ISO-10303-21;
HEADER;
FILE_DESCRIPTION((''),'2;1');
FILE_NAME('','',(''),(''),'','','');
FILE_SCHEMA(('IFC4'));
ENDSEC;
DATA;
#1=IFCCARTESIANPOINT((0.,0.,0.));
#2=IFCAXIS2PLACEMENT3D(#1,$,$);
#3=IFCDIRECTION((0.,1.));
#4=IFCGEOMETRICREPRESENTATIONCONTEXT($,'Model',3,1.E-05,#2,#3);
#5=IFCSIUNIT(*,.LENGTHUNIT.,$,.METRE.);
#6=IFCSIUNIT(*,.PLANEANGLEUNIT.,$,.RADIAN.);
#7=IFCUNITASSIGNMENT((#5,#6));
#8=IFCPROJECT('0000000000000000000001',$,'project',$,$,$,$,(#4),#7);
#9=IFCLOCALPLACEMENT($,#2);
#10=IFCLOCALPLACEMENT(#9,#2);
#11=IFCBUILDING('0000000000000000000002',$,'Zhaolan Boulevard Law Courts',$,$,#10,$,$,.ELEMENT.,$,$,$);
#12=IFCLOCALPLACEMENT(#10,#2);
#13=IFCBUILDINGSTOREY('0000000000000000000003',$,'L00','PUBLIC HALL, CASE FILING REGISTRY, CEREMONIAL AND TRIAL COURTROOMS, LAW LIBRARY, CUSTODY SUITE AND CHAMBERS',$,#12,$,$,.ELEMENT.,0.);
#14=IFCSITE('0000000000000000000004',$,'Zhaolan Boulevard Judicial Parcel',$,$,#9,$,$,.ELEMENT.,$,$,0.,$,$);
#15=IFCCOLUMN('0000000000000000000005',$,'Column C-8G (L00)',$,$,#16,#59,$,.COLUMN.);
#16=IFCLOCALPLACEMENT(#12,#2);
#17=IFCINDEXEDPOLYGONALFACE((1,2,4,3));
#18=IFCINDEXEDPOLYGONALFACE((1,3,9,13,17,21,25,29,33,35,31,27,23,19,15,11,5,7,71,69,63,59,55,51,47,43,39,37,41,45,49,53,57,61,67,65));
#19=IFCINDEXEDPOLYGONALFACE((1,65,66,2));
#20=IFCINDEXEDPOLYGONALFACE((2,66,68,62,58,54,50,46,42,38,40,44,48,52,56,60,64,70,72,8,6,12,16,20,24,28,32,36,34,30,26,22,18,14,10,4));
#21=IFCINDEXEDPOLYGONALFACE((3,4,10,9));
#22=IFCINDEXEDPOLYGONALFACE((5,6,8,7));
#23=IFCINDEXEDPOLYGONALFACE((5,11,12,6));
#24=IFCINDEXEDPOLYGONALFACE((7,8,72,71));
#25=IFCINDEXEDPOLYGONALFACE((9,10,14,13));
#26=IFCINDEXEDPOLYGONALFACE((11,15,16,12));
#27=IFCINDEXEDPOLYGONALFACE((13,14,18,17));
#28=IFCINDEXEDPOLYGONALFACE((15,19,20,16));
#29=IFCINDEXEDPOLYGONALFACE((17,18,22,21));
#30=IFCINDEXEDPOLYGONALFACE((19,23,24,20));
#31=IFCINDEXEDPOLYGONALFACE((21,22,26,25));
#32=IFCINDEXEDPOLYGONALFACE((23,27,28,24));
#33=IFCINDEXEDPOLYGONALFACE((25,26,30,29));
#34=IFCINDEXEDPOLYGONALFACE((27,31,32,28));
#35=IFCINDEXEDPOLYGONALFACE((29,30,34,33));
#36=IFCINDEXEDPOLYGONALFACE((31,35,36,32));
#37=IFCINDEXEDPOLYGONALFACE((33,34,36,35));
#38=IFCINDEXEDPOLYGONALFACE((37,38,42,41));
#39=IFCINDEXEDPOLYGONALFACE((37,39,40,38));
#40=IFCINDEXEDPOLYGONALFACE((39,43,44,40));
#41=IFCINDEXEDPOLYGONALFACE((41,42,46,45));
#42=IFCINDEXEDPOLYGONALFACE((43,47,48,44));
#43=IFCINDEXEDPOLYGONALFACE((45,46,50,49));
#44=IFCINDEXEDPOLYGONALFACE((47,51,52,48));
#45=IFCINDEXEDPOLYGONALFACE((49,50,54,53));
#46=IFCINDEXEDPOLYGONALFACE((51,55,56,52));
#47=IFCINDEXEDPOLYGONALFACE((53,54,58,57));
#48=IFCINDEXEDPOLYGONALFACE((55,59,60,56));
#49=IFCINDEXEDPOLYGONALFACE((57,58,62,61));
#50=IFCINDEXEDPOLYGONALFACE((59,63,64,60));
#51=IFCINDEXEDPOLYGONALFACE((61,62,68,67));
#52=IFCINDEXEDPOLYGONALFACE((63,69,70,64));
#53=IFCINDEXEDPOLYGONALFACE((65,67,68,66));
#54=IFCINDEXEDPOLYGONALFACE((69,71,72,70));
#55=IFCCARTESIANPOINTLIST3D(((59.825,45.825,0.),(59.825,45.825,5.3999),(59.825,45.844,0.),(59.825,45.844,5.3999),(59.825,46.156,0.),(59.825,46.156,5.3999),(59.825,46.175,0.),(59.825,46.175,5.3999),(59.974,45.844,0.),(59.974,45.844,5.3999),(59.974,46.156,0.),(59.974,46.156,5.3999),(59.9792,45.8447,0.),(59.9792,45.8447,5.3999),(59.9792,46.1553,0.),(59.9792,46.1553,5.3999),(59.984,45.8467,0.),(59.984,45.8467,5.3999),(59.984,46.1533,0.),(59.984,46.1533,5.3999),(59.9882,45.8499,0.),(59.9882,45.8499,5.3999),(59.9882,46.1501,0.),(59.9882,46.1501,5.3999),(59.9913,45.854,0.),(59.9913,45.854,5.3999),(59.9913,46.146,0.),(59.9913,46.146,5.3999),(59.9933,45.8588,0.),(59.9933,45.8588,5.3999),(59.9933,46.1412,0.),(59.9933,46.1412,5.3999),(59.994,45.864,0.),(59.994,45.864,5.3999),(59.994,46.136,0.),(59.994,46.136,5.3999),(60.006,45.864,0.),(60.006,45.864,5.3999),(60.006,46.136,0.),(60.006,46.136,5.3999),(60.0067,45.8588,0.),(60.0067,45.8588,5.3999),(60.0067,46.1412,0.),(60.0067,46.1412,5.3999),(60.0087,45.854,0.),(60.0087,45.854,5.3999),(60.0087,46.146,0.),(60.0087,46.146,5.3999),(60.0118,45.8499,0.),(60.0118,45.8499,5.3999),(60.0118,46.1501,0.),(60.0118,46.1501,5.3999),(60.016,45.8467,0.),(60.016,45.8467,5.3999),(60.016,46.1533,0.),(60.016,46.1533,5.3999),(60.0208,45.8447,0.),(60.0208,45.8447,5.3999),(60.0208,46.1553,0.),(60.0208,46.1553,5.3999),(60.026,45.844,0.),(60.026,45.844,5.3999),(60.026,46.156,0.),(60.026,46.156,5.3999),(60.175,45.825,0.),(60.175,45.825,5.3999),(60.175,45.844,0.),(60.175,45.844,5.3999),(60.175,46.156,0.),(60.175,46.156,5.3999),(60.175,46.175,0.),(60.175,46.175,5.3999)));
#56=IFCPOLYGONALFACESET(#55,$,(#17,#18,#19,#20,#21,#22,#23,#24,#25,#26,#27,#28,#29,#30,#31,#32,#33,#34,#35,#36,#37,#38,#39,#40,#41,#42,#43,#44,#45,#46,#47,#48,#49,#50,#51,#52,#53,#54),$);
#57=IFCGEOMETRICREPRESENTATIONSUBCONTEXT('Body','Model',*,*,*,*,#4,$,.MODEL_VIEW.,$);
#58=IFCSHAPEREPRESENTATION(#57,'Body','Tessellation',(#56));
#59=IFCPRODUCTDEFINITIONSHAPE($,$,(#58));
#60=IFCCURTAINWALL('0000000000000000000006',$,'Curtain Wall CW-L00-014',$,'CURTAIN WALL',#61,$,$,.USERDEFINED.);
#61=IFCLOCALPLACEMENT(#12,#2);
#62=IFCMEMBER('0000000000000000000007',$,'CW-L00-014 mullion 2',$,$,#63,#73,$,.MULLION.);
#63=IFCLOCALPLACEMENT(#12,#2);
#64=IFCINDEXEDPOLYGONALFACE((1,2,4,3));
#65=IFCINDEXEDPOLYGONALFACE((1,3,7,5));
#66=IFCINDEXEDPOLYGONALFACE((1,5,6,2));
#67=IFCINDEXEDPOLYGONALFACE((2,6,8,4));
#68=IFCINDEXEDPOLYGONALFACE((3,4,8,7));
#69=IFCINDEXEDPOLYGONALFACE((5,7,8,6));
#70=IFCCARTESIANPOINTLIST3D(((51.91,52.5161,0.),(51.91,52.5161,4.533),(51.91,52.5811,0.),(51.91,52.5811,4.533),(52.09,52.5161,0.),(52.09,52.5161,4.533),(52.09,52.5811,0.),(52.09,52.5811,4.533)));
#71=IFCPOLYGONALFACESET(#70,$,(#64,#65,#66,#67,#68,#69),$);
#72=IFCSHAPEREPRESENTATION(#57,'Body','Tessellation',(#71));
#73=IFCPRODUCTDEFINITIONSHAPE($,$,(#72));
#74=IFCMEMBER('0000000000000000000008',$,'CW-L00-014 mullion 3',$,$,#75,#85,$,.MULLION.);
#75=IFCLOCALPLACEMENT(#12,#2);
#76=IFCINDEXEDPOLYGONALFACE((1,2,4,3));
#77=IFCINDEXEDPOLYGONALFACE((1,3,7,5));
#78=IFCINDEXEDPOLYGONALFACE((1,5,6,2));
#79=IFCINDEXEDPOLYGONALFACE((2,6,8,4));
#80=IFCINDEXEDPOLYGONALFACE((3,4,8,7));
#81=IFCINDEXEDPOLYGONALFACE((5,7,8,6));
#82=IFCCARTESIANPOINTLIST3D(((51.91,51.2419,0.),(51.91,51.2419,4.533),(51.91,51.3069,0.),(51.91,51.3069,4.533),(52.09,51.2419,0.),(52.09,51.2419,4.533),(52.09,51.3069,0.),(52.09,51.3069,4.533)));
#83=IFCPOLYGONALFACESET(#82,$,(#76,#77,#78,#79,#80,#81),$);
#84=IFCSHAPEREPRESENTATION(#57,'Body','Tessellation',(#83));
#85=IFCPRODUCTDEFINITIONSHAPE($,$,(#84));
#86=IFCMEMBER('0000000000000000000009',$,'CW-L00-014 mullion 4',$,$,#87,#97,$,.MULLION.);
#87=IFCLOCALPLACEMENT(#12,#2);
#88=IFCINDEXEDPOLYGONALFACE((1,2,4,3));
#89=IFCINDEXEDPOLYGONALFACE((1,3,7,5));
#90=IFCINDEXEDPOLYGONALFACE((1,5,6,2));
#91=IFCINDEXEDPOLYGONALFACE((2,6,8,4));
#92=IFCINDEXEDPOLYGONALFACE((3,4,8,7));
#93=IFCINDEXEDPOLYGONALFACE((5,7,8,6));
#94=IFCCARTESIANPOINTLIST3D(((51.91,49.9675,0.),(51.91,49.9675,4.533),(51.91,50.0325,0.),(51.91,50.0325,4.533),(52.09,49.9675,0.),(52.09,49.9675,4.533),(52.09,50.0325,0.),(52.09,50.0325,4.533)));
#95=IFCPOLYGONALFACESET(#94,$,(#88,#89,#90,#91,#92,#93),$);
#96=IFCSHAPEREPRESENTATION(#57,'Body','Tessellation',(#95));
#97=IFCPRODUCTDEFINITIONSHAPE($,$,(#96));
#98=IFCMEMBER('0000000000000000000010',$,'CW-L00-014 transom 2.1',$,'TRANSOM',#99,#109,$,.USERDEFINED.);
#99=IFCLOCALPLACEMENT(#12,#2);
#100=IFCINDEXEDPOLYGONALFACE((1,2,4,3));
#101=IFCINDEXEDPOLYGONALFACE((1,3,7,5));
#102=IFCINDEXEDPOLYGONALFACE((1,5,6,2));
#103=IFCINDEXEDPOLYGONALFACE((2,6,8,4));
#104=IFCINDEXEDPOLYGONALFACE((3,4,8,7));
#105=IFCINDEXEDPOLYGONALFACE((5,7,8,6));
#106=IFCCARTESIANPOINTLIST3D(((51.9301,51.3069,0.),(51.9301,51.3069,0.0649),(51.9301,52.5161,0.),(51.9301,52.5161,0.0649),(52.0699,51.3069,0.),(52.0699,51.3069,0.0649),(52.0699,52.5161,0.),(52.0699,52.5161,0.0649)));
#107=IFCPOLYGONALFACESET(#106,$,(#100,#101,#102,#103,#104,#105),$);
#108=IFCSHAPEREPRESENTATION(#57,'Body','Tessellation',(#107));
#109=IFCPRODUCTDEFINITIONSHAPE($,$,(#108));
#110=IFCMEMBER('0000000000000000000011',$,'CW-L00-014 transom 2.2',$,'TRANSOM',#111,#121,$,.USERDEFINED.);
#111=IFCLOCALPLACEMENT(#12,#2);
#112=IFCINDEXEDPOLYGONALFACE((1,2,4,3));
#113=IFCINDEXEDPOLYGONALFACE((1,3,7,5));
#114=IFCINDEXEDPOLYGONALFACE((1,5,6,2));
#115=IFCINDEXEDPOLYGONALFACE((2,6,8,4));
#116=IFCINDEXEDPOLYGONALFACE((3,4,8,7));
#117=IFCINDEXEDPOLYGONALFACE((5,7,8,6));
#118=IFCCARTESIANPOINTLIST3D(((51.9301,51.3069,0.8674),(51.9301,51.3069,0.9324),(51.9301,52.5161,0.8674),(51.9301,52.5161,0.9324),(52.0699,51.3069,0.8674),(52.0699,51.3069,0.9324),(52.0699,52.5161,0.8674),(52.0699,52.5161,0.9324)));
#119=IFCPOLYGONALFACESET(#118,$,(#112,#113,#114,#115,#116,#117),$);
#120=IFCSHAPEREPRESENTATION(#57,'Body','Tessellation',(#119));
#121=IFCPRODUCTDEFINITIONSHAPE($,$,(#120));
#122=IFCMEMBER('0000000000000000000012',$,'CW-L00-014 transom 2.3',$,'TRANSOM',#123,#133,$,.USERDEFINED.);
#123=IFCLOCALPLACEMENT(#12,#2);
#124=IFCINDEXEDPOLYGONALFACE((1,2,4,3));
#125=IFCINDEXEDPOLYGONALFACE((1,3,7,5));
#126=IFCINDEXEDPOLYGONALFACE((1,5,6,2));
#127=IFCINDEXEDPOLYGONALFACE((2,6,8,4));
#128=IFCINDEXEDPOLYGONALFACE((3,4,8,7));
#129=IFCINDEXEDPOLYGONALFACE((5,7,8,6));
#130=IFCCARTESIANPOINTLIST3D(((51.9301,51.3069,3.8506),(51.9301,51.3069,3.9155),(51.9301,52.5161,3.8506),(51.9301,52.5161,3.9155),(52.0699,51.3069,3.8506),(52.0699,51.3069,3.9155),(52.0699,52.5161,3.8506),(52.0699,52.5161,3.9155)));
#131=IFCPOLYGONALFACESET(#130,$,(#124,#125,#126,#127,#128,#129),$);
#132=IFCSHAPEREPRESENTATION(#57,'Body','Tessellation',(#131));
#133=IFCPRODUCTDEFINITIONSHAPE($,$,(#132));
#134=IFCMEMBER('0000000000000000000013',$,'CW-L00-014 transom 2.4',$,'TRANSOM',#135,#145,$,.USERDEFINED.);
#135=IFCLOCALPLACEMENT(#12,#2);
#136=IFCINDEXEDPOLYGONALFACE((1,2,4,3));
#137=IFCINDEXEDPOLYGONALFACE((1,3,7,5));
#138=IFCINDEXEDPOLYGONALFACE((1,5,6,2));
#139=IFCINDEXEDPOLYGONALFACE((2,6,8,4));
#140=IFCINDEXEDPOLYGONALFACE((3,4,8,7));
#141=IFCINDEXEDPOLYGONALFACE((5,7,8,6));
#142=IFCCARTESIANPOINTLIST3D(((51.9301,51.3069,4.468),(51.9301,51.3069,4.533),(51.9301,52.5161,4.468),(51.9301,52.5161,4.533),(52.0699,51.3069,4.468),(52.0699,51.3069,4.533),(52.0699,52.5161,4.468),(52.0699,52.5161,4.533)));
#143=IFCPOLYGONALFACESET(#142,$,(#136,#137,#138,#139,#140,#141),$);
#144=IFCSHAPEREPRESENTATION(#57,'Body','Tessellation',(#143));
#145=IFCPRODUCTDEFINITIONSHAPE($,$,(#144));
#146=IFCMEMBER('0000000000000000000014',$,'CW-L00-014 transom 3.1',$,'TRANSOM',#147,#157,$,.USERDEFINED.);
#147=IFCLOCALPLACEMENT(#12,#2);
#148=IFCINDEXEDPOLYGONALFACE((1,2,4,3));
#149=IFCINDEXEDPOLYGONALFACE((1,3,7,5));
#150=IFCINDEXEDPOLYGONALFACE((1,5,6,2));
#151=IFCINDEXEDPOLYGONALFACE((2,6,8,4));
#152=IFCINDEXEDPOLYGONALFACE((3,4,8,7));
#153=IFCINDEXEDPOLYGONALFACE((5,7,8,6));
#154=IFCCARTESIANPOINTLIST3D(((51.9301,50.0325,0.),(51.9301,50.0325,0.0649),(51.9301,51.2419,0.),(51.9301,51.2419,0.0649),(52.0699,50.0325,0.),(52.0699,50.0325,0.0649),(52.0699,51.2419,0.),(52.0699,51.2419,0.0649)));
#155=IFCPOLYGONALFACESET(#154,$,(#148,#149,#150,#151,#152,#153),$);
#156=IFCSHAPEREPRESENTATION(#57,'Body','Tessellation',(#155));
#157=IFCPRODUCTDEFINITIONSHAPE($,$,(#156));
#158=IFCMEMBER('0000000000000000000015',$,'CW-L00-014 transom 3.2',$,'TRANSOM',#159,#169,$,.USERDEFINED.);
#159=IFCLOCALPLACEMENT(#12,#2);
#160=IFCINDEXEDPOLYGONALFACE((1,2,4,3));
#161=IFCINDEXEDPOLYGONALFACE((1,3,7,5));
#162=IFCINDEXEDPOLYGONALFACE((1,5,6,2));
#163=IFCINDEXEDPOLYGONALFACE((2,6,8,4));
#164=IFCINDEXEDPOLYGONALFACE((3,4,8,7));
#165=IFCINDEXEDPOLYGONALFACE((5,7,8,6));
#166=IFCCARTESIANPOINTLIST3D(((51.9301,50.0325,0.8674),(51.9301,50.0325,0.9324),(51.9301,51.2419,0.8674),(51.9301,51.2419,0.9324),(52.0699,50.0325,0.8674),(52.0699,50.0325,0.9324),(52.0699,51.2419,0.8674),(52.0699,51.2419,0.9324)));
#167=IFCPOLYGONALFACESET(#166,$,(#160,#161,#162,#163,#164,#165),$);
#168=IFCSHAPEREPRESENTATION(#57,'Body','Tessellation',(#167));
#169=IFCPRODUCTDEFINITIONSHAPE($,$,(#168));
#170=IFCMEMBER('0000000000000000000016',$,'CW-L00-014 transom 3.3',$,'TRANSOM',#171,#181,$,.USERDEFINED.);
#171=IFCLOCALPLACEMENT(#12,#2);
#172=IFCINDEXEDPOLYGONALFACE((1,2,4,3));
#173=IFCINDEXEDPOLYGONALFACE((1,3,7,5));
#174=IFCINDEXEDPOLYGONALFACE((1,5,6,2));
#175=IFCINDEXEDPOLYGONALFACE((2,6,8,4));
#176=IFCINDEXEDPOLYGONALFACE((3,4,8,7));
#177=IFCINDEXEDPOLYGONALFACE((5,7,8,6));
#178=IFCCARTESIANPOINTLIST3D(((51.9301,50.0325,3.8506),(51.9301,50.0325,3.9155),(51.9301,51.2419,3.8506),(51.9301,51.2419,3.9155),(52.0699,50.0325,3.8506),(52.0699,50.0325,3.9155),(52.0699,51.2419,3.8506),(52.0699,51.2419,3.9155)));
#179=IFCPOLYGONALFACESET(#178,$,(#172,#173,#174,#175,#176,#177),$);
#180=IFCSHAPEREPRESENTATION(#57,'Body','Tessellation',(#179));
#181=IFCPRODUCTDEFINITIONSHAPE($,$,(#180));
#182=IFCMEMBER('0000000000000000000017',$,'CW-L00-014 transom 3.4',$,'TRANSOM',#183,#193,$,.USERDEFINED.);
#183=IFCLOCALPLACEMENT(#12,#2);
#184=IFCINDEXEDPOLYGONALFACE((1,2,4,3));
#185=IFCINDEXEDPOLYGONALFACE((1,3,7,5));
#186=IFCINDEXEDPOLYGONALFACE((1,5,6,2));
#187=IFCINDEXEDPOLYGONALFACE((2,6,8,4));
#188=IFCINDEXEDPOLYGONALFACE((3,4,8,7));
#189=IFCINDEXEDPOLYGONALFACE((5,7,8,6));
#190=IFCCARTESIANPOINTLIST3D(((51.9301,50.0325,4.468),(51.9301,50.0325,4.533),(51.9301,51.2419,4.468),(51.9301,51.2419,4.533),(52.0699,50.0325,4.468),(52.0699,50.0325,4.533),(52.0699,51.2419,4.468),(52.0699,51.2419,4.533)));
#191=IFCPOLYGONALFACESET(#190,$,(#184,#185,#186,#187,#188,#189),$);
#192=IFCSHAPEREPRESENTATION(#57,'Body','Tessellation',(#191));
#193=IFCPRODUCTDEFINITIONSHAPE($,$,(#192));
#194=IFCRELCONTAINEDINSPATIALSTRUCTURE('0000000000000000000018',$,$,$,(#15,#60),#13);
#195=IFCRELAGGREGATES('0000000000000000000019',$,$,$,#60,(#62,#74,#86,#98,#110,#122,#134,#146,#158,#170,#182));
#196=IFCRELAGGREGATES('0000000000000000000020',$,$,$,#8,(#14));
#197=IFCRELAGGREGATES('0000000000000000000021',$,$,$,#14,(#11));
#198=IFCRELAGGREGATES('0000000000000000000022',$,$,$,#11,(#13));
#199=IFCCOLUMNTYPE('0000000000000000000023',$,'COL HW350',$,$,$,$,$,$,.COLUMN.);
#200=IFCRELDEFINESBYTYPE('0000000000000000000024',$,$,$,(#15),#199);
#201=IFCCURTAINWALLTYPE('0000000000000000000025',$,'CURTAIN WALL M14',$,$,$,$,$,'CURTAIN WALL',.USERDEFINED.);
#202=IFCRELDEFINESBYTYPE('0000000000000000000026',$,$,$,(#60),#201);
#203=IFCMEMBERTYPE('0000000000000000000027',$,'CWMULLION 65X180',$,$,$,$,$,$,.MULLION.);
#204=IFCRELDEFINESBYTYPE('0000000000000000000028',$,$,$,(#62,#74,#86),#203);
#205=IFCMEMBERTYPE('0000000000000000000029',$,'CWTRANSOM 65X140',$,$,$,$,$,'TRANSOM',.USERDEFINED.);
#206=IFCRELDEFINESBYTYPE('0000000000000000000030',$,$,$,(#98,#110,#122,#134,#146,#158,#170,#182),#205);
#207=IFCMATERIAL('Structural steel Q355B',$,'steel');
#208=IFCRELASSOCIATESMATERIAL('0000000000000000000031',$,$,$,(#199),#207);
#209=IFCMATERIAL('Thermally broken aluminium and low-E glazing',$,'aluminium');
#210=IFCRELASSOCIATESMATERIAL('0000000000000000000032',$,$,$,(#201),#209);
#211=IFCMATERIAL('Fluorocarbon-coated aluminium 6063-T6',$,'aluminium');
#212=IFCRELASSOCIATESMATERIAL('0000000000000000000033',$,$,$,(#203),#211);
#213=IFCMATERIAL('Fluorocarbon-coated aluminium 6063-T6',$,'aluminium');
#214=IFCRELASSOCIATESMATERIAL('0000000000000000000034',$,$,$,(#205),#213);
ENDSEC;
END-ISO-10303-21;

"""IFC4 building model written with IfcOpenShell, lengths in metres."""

from ifc_helpers import new_model, si_unit, direction, frame, origin, origin_2d, place, context, subcontext, project, spatial, rectangle, i_section, extrude, material, material_profile, profile_set, type_object, element, aggregate, save


model = new_model("IFC4")

# Units and contexts
model_context = context("Model", 3, precision=1e-05, world=origin(), true_north=direction((0.0, 1.0)))
body_context = subcontext(model_context, "Body", "Model", "MODEL_VIEW")
ifc_project = project(units=[si_unit("LENGTHUNIT", "METRE"), si_unit("PLANEANGLEUNIT", "RADIAN")], contexts=[model_context])

# Site, building, storey
site_placement = place(None, origin())
site = spatial("IfcSite", under=ifc_project, at=site_placement, Name="Zhaolan Boulevard Judicial Parcel", CompositionType="ELEMENT", RefElevation=0.0)
building_placement = place(site_placement, origin())
building = spatial("IfcBuilding", under=site, at=building_placement, Name="Zhaolan Boulevard Law Courts", CompositionType="ELEMENT")
storey_placement = place(building_placement, origin())
storey = spatial("IfcBuildingStorey", under=building, at=storey_placement, Name="L00", Description="PUBLIC HALL, CASE FILING REGISTRY, CEREMONIAL AND TRIAL COURTROOMS, LAW LIBRARY, CUSTODY SUITE AND CHAMBERS", CompositionType="ELEMENT", Elevation=0.0)

# Column
ifc_material_1 = material(Name="Structural steel Q355B", Category="steel")
ifc_material_profile_1 = material_profile(ifc_material_1, i_section(OverallWidth=0.3501, OverallDepth=0.3501, WebThickness=0.012, FlangeThickness=0.019, FilletRadius=0.02, at=origin_2d()), Name="HW350x350")
ifc_profile_set_1 = profile_set([ifc_material_profile_1], Name="Structural steel Q355B")
column_type = type_object("IfcColumnType", Name="COL HW350", PredefinedType="COLUMN", material=ifc_profile_set_1)
column_placement = place(storey_placement, frame((60.0, 46.0, 0.0), z_axis=(0.0, 0.0, 1.0), x_axis=(1.0, 0.0, 0.0)))
element("IfcColumn", 1, at=column_placement, inside=storey, type_object=column_type, Name="Column C-8G (L00)", PredefinedType="COLUMN", context=body_context, shape_type="SweptSolid", body=[
    extrude(i_section(OverallWidth=0.3501, OverallDepth=0.3501, WebThickness=0.012, FlangeThickness=0.019, FilletRadius=0.02, at=origin_2d()), origin(), (0.0, 0.0, 1.0), 5.3999),
])

# Curtain wall, members
ifc_material_2 = material(Name="Thermally broken aluminium and low-E glazing", Category="aluminium")
curtain_wall_type = type_object("IfcCurtainWallType", Name="CURTAIN WALL M14", ElementType="CURTAIN WALL", PredefinedType="USERDEFINED", material=ifc_material_2)
curtain_wall_placement = place(storey_placement, origin())
curtain_wall = element("IfcCurtainWall", 2, at=curtain_wall_placement, inside=storey, type_object=curtain_wall_type, Name="Curtain Wall CW-L00-014", ObjectType="CURTAIN WALL", PredefinedType="USERDEFINED")
ifc_material_3 = material(Name="Fluorocarbon-coated aluminium 6063-T6", Category="aluminium")
ifc_material_profile_2 = material_profile(ifc_material_3, rectangle(XDim=0.1799, YDim=0.0649, at=origin_2d()), Name="AL65x180")
ifc_profile_set_2 = profile_set([ifc_material_profile_2], Name="Fluorocarbon-coated aluminium 6063-T6")
member_type_1 = type_object("IfcMemberType", Name="CWMULLION 65X180", PredefinedType="MULLION", material=ifc_profile_set_2)
member_1_placement = place(storey_placement, frame((52.0, 52.5486, 0.0), z_axis=(0.0, 0.0, 1.0), x_axis=(1.0, 0.0, 0.0)))
member_1 = element("IfcMember", 3, at=member_1_placement, type_object=member_type_1, Name="CW-L00-014 mullion 2", PredefinedType="MULLION", context=body_context, shape_type="SweptSolid", body=[
    extrude(rectangle(XDim=0.1799, YDim=0.0649, at=origin_2d()), origin(), (0.0, 0.0, 1.0), 4.533),
])
member_2_placement = place(storey_placement, frame((52.0, 51.2744, 0.0), z_axis=(0.0, 0.0, 1.0), x_axis=(1.0, 0.0, 0.0)))
member_2 = element("IfcMember", 4, at=member_2_placement, type_object=member_type_1, Name="CW-L00-014 mullion 3", PredefinedType="MULLION", context=body_context, shape_type="SweptSolid", body=[
    extrude(rectangle(XDim=0.1799, YDim=0.0649, at=origin_2d()), origin(), (0.0, 0.0, 1.0), 4.533),
])
member_3_placement = place(storey_placement, frame((52.0, 50.0, 0.0), z_axis=(0.0, 0.0, 1.0), x_axis=(1.0, 0.0, 0.0)))
member_3 = element("IfcMember", 5, at=member_3_placement, type_object=member_type_1, Name="CW-L00-014 mullion 4", PredefinedType="MULLION", context=body_context, shape_type="SweptSolid", body=[
    extrude(rectangle(XDim=0.1799, YDim=0.0649, at=origin_2d()), origin(), (0.0, 0.0, 1.0), 4.533),
])
ifc_material_4 = material(Name="Fluorocarbon-coated aluminium 6063-T6", Category="aluminium")
ifc_material_profile_3 = material_profile(ifc_material_4, rectangle(XDim=0.1399, YDim=0.0649, at=origin_2d()), Name="AL65x140")
ifc_profile_set_3 = profile_set([ifc_material_profile_3], Name="Fluorocarbon-coated aluminium 6063-T6")
member_type_2 = type_object("IfcMemberType", Name="CWTRANSOM 65X140", ElementType="TRANSOM", PredefinedType="USERDEFINED", material=ifc_profile_set_3)
member_4_placement = place(storey_placement, frame((52.0, 52.5161, 0.0325), z_axis=(0.0, -1.0, 0.0), x_axis=(1.0, 0.0, 0.0)))
member_4 = element("IfcMember", 6, at=member_4_placement, type_object=member_type_2, Name="CW-L00-014 transom 2.1", ObjectType="TRANSOM", PredefinedType="USERDEFINED", context=body_context, shape_type="SweptSolid", body=[
    extrude(rectangle(XDim=0.1399, YDim=0.0649, at=origin_2d()), origin(), (0.0, 0.0, 1.0), 1.2092),
])
member_5_placement = place(storey_placement, frame((52.0, 52.5161, 0.8999), z_axis=(0.0, -1.0, 0.0), x_axis=(1.0, 0.0, 0.0)))
member_5 = element("IfcMember", 7, at=member_5_placement, type_object=member_type_2, Name="CW-L00-014 transom 2.2", ObjectType="TRANSOM", PredefinedType="USERDEFINED", context=body_context, shape_type="SweptSolid", body=[
    extrude(rectangle(XDim=0.1399, YDim=0.0649, at=origin_2d()), origin(), (0.0, 0.0, 1.0), 1.2092),
])
member_6_placement = place(storey_placement, frame((52.0, 52.5161, 3.8831), z_axis=(0.0, -1.0, 0.0), x_axis=(1.0, 0.0, 0.0)))
member_6 = element("IfcMember", 8, at=member_6_placement, type_object=member_type_2, Name="CW-L00-014 transom 2.3", ObjectType="TRANSOM", PredefinedType="USERDEFINED", context=body_context, shape_type="SweptSolid", body=[
    extrude(rectangle(XDim=0.1399, YDim=0.0649, at=origin_2d()), origin(), (0.0, 0.0, 1.0), 1.2092),
])
member_7_placement = place(storey_placement, frame((52.0, 52.5161, 4.5005), z_axis=(0.0, -1.0, 0.0), x_axis=(1.0, 0.0, 0.0)))
member_7 = element("IfcMember", 9, at=member_7_placement, type_object=member_type_2, Name="CW-L00-014 transom 2.4", ObjectType="TRANSOM", PredefinedType="USERDEFINED", context=body_context, shape_type="SweptSolid", body=[
    extrude(rectangle(XDim=0.1399, YDim=0.0649, at=origin_2d()), origin(), (0.0, 0.0, 1.0), 1.2092),
])
member_8_placement = place(storey_placement, frame((52.0, 51.2419, 0.0325), z_axis=(0.0, -1.0, 0.0), x_axis=(1.0, 0.0, 0.0)))
member_8 = element("IfcMember", 10, at=member_8_placement, type_object=member_type_2, Name="CW-L00-014 transom 3.1", ObjectType="TRANSOM", PredefinedType="USERDEFINED", context=body_context, shape_type="SweptSolid", body=[
    extrude(rectangle(XDim=0.1399, YDim=0.0649, at=origin_2d()), origin(), (0.0, 0.0, 1.0), 1.2095),
])
member_9_placement = place(storey_placement, frame((52.0, 51.2419, 0.8999), z_axis=(0.0, -1.0, 0.0), x_axis=(1.0, 0.0, 0.0)))
member_9 = element("IfcMember", 11, at=member_9_placement, type_object=member_type_2, Name="CW-L00-014 transom 3.2", ObjectType="TRANSOM", PredefinedType="USERDEFINED", context=body_context, shape_type="SweptSolid", body=[
    extrude(rectangle(XDim=0.1399, YDim=0.0649, at=origin_2d()), origin(), (0.0, 0.0, 1.0), 1.2095),
])
member_10_placement = place(storey_placement, frame((52.0, 51.2419, 3.8831), z_axis=(0.0, -1.0, 0.0), x_axis=(1.0, 0.0, 0.0)))
member_10 = element("IfcMember", 12, at=member_10_placement, type_object=member_type_2, Name="CW-L00-014 transom 3.3", ObjectType="TRANSOM", PredefinedType="USERDEFINED", context=body_context, shape_type="SweptSolid", body=[
    extrude(rectangle(XDim=0.1399, YDim=0.0649, at=origin_2d()), origin(), (0.0, 0.0, 1.0), 1.2095),
])
member_11_placement = place(storey_placement, frame((52.0, 51.2419, 4.5005), z_axis=(0.0, -1.0, 0.0), x_axis=(1.0, 0.0, 0.0)))
member_11 = element("IfcMember", 13, at=member_11_placement, type_object=member_type_2, Name="CW-L00-014 transom 3.4", ObjectType="TRANSOM", PredefinedType="USERDEFINED", context=body_context, shape_type="SweptSolid", body=[
    extrude(rectangle(XDim=0.1399, YDim=0.0649, at=origin_2d()), origin(), (0.0, 0.0, 1.0), 1.2095),
])

aggregate(curtain_wall, [member_1, member_2, member_3, member_4, member_5, member_6, member_7, member_8, member_9, member_10, member_11])

save(model, "model.ifc")
